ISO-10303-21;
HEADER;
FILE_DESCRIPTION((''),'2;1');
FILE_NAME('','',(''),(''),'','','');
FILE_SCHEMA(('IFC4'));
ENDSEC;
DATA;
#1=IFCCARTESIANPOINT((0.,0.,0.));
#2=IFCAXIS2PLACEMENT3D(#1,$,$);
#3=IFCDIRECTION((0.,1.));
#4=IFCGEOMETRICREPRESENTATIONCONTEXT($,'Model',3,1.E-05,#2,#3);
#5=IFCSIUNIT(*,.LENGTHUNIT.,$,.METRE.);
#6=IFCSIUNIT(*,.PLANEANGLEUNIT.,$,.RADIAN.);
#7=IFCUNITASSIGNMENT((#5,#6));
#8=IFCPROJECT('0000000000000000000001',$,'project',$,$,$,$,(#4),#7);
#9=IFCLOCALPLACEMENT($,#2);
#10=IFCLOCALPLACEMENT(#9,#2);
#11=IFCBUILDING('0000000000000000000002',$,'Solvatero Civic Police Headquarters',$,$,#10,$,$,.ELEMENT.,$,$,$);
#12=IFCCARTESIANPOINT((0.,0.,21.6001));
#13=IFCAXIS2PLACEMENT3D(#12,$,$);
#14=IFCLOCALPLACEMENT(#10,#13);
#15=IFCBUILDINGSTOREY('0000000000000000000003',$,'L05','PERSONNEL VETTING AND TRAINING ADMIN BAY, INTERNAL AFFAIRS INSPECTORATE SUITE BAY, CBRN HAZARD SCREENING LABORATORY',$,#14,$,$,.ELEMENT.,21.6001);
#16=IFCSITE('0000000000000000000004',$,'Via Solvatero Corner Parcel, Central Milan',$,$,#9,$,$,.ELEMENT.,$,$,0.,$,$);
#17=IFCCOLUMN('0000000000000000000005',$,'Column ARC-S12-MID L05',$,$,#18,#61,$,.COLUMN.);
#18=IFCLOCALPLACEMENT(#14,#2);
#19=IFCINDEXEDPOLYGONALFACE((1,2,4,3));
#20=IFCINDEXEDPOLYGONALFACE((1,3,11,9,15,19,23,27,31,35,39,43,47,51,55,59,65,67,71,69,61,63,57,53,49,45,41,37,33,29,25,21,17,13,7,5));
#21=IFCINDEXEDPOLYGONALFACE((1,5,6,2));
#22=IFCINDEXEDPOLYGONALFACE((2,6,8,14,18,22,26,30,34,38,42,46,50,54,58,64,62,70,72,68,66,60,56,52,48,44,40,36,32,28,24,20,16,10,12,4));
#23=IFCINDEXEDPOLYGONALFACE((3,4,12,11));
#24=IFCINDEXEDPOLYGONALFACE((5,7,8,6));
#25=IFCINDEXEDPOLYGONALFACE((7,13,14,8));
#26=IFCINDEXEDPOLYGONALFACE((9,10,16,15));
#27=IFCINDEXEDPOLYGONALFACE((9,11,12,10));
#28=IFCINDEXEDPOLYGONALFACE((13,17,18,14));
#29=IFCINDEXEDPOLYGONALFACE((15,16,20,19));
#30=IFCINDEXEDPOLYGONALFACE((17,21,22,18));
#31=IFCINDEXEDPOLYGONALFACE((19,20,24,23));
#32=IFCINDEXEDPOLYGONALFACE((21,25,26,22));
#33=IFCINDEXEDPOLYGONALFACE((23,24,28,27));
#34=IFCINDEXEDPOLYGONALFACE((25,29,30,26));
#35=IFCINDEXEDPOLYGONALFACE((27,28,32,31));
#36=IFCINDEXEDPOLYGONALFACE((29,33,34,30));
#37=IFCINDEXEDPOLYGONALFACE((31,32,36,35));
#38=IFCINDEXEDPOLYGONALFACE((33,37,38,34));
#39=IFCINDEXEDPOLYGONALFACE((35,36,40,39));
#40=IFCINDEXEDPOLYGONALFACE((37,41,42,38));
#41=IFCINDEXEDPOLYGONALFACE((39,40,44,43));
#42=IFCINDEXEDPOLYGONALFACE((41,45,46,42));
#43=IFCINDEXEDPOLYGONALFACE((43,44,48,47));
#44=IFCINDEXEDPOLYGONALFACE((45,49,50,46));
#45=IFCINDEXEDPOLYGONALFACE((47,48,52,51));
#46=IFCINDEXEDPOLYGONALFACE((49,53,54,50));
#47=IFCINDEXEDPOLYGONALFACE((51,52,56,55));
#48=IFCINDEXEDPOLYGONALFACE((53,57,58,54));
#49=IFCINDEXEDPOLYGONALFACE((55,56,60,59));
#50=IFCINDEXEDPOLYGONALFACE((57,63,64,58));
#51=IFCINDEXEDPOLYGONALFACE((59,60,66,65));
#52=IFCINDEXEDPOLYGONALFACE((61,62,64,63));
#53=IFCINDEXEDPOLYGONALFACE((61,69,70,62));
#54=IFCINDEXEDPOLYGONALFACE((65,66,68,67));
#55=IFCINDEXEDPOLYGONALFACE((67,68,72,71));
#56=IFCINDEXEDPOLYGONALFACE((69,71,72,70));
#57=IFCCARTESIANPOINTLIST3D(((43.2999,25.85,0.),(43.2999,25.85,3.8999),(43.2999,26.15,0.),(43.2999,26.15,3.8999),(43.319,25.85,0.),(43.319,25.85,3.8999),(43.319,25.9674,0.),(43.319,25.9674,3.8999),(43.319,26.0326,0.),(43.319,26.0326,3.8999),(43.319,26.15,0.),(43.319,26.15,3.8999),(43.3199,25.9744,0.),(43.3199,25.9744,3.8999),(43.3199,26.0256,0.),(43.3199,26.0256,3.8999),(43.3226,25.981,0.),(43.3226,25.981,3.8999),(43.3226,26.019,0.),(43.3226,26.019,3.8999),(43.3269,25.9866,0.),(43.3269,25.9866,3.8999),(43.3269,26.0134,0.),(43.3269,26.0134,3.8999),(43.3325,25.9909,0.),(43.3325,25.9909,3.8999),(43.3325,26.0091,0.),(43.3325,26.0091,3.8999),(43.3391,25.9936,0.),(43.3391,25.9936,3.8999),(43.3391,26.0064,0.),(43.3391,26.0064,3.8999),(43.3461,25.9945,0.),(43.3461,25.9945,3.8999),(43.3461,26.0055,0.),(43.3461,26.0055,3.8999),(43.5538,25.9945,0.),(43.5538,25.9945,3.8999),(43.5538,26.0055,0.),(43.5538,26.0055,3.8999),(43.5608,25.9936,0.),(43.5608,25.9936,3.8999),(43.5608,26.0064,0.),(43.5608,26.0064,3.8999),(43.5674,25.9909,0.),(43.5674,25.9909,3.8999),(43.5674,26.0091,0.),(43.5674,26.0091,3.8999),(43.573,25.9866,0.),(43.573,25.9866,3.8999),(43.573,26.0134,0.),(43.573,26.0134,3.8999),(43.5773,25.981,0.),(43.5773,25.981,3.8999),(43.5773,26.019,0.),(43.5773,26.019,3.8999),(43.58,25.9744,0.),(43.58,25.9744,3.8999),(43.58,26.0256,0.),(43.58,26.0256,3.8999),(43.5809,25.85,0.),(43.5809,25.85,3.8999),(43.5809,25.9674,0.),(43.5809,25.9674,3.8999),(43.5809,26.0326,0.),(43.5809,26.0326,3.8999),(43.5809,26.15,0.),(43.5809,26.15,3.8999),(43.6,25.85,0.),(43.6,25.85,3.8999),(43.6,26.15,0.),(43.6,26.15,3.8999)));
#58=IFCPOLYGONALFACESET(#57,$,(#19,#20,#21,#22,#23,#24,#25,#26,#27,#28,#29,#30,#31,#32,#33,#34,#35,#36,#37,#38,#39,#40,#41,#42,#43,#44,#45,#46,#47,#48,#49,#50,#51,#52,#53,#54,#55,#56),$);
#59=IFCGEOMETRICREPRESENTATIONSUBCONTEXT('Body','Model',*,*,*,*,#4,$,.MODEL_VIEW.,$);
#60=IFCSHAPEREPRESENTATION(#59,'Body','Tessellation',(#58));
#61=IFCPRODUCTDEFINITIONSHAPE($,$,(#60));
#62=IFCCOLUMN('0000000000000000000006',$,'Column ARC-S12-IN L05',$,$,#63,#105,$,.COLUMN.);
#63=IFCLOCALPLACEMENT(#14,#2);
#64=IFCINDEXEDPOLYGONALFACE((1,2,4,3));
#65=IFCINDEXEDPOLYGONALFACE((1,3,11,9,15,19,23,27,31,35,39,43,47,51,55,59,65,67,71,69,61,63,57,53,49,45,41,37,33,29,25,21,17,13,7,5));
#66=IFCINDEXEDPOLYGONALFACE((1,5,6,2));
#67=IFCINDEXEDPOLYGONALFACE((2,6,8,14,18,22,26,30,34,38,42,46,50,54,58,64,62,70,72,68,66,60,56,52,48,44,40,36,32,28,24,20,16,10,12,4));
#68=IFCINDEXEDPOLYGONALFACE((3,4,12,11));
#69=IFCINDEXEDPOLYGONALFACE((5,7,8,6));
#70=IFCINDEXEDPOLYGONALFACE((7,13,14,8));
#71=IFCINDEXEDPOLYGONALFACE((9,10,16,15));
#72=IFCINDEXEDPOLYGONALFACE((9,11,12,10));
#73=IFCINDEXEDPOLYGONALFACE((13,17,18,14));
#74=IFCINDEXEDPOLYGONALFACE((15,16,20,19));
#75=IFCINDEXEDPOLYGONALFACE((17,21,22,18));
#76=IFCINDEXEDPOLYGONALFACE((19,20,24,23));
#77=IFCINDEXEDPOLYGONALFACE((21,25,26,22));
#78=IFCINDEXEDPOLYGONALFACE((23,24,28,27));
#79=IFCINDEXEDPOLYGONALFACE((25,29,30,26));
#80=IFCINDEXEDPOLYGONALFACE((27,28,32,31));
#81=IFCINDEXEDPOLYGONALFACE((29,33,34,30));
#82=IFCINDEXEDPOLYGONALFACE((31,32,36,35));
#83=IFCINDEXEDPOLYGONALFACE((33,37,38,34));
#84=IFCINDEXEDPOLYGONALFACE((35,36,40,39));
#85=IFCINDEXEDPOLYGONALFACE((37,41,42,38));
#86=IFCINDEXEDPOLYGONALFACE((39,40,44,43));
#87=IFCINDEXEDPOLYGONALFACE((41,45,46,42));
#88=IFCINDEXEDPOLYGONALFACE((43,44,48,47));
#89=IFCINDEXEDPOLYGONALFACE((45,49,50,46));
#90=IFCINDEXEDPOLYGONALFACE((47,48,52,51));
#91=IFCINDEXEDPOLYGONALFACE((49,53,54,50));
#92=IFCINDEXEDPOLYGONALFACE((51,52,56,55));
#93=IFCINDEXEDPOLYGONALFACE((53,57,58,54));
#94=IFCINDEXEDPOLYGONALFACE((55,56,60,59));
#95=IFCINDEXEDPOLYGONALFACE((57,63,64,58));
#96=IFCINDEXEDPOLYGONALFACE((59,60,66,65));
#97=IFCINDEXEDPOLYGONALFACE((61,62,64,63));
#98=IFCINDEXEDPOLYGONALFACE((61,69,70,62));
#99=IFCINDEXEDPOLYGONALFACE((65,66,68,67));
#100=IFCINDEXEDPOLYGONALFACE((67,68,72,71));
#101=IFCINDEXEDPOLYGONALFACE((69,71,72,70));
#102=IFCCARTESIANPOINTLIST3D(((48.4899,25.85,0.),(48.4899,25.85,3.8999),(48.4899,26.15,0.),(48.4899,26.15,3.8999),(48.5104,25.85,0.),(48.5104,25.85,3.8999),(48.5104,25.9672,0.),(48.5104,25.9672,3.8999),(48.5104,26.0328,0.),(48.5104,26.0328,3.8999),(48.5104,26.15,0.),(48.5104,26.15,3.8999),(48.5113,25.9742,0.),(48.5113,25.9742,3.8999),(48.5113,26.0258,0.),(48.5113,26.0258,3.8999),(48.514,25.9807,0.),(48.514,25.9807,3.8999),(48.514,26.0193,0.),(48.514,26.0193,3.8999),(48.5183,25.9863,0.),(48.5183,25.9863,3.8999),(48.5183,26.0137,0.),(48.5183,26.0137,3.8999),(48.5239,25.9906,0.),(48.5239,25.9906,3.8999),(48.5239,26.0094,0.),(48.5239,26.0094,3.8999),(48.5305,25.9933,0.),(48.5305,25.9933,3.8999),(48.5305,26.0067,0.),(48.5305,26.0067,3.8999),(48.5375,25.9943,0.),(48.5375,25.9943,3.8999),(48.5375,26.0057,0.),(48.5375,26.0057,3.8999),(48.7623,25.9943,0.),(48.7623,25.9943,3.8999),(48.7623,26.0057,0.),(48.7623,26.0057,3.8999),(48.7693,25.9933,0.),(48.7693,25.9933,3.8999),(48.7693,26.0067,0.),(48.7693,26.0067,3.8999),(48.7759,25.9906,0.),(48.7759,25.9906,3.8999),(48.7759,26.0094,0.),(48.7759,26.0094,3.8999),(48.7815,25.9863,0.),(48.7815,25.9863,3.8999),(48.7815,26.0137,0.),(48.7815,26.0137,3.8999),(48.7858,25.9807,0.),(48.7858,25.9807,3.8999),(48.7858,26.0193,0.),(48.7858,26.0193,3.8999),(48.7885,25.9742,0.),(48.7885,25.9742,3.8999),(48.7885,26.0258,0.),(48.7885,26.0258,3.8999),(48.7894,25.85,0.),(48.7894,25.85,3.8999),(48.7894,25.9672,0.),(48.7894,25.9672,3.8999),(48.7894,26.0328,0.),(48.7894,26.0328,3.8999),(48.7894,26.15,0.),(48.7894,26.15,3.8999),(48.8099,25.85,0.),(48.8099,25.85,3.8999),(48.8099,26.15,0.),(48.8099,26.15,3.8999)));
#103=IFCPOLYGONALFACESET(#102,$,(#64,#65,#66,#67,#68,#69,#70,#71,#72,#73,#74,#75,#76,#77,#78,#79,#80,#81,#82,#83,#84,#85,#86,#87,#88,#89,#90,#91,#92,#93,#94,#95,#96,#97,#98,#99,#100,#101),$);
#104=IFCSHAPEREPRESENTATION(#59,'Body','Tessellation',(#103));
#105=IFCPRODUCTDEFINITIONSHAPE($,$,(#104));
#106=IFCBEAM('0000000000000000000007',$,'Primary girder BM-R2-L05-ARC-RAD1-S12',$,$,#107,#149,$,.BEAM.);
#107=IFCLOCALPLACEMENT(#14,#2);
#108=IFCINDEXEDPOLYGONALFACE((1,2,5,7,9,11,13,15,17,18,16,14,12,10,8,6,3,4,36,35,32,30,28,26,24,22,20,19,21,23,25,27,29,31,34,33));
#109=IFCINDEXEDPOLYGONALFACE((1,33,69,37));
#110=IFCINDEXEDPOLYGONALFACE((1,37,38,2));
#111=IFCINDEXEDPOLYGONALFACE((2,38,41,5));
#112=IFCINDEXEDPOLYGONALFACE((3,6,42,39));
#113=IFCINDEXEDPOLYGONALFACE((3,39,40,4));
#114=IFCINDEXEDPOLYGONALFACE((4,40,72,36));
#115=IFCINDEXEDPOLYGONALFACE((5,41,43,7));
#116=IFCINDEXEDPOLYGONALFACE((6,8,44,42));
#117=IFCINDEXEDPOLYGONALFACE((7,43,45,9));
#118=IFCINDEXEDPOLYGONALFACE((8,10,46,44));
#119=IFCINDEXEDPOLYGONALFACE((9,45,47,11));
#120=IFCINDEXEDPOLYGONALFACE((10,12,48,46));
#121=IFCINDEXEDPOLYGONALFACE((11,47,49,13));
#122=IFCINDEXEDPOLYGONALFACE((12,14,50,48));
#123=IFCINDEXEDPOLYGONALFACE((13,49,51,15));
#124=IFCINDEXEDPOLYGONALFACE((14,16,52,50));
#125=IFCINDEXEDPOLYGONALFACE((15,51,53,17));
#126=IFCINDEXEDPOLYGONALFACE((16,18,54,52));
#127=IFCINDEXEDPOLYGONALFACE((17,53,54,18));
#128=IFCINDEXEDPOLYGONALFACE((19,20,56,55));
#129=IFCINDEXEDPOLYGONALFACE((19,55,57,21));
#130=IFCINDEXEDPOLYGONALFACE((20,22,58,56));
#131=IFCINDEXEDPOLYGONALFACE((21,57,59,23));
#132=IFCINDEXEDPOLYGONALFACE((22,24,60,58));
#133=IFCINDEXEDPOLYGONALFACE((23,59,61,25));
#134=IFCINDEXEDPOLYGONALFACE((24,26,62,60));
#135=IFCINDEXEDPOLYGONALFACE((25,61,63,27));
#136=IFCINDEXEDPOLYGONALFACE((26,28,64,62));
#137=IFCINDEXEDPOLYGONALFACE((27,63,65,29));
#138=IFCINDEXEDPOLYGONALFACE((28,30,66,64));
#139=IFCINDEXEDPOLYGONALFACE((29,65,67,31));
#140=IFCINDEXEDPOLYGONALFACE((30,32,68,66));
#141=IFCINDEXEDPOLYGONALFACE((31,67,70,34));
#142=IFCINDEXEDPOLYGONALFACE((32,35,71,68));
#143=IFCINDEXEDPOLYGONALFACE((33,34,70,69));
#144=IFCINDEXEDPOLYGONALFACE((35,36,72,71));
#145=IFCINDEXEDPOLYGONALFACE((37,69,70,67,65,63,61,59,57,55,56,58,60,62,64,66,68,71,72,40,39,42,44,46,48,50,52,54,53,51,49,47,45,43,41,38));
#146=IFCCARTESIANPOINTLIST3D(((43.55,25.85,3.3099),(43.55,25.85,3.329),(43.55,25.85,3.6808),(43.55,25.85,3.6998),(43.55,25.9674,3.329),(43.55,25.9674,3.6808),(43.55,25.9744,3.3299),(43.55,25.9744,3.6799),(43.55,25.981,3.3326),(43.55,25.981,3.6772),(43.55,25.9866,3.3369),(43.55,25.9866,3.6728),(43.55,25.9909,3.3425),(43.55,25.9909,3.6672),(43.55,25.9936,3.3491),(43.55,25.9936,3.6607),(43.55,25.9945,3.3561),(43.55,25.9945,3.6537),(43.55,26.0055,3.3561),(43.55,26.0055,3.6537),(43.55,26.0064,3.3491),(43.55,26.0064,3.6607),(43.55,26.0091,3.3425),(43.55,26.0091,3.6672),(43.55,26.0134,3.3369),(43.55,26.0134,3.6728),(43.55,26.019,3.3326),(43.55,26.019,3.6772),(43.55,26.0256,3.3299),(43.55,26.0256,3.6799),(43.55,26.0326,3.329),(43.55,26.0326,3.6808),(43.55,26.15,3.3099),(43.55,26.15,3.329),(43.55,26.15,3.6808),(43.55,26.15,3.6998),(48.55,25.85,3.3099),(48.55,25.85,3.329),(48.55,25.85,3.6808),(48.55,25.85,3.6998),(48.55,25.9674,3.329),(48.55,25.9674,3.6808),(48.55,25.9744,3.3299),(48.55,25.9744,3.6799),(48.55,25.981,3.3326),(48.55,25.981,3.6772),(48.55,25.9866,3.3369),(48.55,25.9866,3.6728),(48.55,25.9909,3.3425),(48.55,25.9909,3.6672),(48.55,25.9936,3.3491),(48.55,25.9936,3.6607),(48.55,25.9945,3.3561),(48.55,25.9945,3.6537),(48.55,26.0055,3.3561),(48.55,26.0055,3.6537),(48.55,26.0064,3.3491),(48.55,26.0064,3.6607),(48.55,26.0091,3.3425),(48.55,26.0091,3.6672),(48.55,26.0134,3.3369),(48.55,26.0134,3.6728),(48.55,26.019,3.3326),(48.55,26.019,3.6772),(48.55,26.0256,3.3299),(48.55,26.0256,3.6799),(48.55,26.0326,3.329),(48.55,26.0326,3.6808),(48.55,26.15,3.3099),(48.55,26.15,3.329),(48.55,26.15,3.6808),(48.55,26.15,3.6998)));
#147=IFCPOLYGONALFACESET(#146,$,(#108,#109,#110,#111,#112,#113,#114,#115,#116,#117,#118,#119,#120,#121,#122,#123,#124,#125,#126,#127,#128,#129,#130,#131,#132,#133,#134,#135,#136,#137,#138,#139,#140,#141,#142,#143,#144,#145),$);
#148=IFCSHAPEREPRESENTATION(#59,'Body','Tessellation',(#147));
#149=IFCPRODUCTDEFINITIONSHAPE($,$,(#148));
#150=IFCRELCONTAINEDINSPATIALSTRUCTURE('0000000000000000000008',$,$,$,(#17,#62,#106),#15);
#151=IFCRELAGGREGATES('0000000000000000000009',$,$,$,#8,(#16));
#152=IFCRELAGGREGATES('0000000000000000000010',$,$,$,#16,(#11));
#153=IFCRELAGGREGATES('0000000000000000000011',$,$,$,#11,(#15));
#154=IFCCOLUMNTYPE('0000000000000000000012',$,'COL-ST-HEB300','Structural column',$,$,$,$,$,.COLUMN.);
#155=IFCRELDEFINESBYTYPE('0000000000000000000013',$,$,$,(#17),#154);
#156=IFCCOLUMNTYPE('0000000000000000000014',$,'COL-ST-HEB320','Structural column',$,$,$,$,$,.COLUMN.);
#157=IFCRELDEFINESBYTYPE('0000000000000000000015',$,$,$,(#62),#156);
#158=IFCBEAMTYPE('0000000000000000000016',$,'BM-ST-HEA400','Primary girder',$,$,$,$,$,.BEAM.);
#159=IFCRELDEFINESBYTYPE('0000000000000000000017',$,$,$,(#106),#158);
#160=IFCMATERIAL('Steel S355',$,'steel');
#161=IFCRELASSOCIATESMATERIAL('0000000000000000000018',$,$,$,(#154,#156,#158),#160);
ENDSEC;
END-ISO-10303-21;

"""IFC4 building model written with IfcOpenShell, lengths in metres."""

from ifc_helpers import new_model, si_unit, direction, frame, origin, origin_2d, place, context, subcontext, project, spatial, i_section, extrude, material, material_profile, profile_set, type_object, element, save


model = new_model("IFC4")

# Units and contexts
model_context = context("Model", 3, precision=1e-05, world=origin(), true_north=direction((0.0, 1.0)))
body_context = subcontext(model_context, "Body", "Model", "MODEL_VIEW")
ifc_project = project(units=[si_unit("LENGTHUNIT", "METRE"), si_unit("PLANEANGLEUNIT", "RADIAN")], contexts=[model_context])

# Site, building, storey
site_placement = place(None, origin())
site = spatial("IfcSite", under=ifc_project, at=site_placement, Name="Via Solvatero Corner Parcel, Central Milan", CompositionType="ELEMENT", RefElevation=0.0)
building_placement = place(site_placement, origin())
building = spatial("IfcBuilding", under=site, at=building_placement, Name="Solvatero Civic Police Headquarters", CompositionType="ELEMENT")
storey_placement = place(building_placement, frame((0.0, 0.0, 21.6001)))
storey = spatial("IfcBuildingStorey", under=building, at=storey_placement, Name="L05", Description="PERSONNEL VETTING AND TRAINING ADMIN BAY, INTERNAL AFFAIRS INSPECTORATE SUITE BAY, CBRN HAZARD SCREENING LABORATORY", CompositionType="ELEMENT", Elevation=21.6001)

# Columns
ifc_material_1 = material(Name="Steel S355", Category="steel")
ifc_material_profile_1 = material_profile(ifc_material_1, i_section(OverallWidth=0.3, OverallDepth=0.3, WebThickness=0.011, FlangeThickness=0.019, FilletRadius=0.0271, at=origin_2d()), Name="HEB 300")
ifc_profile_set_1 = profile_set([ifc_material_profile_1], Name="Steel S355")
column_type_1 = type_object("IfcColumnType", Name="COL-ST-HEB300", Description="Structural column", PredefinedType="COLUMN", material=ifc_profile_set_1)
column_1_placement = place(storey_placement, frame((43.45, 26.0, 0.0), z_axis=(0.0, 0.0, 1.0), x_axis=(0.0, 1.0, 0.0)))
element("IfcColumn", 1, at=column_1_placement, inside=storey, type_object=column_type_1, Name="Column ARC-S12-MID L05", PredefinedType="COLUMN", context=body_context, shape_type="SweptSolid", body=[
    extrude(i_section(OverallWidth=0.3, OverallDepth=0.3, WebThickness=0.011, FlangeThickness=0.019, FilletRadius=0.0271, at=origin_2d()), origin(), (0.0, 0.0, 1.0), 3.8999),
])
ifc_material_profile_2 = material_profile(ifc_material_1, i_section(OverallWidth=0.3, OverallDepth=0.3201, WebThickness=0.0115, FlangeThickness=0.0205, FilletRadius=0.0271, at=origin_2d()), Name="HEB 320")
ifc_profile_set_2 = profile_set([ifc_material_profile_2], Name="Steel S355")
column_type_2 = type_object("IfcColumnType", Name="COL-ST-HEB320", Description="Structural column", PredefinedType="COLUMN", material=ifc_profile_set_2)
column_2_placement = place(storey_placement, frame((48.6499, 26.0, 0.0), z_axis=(0.0, 0.0, 1.0), x_axis=(0.0, 1.0, 0.0)))
element("IfcColumn", 2, at=column_2_placement, inside=storey, type_object=column_type_2, Name="Column ARC-S12-IN L05", PredefinedType="COLUMN", context=body_context, shape_type="SweptSolid", body=[
    extrude(i_section(OverallWidth=0.3, OverallDepth=0.3201, WebThickness=0.0115, FlangeThickness=0.0205, FilletRadius=0.0271, at=origin_2d()), origin(), (0.0, 0.0, 1.0), 3.8999),
])

# Beam
ifc_material_profile_3 = material_profile(ifc_material_1, i_section(OverallWidth=0.3, OverallDepth=0.3899, WebThickness=0.011, FlangeThickness=0.019, FilletRadius=0.0271, at=origin_2d()), Name="HEA 400")
ifc_profile_set_3 = profile_set([ifc_material_profile_3], Name="Steel S355")
beam_type_1 = type_object("IfcBeamType", Name="BM-ST-HEA400", Description="Primary girder", PredefinedType="BEAM", material=ifc_profile_set_3)
beam_1_placement = place(storey_placement, frame((48.55, 26.0, 3.5049), z_axis=(-1.0, 0.0, 0.0), x_axis=(0.0, -1.0, 0.0)))
element("IfcBeam", 3, at=beam_1_placement, inside=storey, type_object=beam_type_1, Name="Primary girder BM-R2-L05-ARC-RAD1-S12", PredefinedType="BEAM", context=body_context, shape_type="SweptSolid", body=[
    extrude(i_section(OverallWidth=0.3, OverallDepth=0.3899, WebThickness=0.011, FlangeThickness=0.019, FilletRadius=0.0271, at=origin_2d()), origin(), (0.0, 0.0, 1.0), 5.0),
])

save(model, "model.ifc")
